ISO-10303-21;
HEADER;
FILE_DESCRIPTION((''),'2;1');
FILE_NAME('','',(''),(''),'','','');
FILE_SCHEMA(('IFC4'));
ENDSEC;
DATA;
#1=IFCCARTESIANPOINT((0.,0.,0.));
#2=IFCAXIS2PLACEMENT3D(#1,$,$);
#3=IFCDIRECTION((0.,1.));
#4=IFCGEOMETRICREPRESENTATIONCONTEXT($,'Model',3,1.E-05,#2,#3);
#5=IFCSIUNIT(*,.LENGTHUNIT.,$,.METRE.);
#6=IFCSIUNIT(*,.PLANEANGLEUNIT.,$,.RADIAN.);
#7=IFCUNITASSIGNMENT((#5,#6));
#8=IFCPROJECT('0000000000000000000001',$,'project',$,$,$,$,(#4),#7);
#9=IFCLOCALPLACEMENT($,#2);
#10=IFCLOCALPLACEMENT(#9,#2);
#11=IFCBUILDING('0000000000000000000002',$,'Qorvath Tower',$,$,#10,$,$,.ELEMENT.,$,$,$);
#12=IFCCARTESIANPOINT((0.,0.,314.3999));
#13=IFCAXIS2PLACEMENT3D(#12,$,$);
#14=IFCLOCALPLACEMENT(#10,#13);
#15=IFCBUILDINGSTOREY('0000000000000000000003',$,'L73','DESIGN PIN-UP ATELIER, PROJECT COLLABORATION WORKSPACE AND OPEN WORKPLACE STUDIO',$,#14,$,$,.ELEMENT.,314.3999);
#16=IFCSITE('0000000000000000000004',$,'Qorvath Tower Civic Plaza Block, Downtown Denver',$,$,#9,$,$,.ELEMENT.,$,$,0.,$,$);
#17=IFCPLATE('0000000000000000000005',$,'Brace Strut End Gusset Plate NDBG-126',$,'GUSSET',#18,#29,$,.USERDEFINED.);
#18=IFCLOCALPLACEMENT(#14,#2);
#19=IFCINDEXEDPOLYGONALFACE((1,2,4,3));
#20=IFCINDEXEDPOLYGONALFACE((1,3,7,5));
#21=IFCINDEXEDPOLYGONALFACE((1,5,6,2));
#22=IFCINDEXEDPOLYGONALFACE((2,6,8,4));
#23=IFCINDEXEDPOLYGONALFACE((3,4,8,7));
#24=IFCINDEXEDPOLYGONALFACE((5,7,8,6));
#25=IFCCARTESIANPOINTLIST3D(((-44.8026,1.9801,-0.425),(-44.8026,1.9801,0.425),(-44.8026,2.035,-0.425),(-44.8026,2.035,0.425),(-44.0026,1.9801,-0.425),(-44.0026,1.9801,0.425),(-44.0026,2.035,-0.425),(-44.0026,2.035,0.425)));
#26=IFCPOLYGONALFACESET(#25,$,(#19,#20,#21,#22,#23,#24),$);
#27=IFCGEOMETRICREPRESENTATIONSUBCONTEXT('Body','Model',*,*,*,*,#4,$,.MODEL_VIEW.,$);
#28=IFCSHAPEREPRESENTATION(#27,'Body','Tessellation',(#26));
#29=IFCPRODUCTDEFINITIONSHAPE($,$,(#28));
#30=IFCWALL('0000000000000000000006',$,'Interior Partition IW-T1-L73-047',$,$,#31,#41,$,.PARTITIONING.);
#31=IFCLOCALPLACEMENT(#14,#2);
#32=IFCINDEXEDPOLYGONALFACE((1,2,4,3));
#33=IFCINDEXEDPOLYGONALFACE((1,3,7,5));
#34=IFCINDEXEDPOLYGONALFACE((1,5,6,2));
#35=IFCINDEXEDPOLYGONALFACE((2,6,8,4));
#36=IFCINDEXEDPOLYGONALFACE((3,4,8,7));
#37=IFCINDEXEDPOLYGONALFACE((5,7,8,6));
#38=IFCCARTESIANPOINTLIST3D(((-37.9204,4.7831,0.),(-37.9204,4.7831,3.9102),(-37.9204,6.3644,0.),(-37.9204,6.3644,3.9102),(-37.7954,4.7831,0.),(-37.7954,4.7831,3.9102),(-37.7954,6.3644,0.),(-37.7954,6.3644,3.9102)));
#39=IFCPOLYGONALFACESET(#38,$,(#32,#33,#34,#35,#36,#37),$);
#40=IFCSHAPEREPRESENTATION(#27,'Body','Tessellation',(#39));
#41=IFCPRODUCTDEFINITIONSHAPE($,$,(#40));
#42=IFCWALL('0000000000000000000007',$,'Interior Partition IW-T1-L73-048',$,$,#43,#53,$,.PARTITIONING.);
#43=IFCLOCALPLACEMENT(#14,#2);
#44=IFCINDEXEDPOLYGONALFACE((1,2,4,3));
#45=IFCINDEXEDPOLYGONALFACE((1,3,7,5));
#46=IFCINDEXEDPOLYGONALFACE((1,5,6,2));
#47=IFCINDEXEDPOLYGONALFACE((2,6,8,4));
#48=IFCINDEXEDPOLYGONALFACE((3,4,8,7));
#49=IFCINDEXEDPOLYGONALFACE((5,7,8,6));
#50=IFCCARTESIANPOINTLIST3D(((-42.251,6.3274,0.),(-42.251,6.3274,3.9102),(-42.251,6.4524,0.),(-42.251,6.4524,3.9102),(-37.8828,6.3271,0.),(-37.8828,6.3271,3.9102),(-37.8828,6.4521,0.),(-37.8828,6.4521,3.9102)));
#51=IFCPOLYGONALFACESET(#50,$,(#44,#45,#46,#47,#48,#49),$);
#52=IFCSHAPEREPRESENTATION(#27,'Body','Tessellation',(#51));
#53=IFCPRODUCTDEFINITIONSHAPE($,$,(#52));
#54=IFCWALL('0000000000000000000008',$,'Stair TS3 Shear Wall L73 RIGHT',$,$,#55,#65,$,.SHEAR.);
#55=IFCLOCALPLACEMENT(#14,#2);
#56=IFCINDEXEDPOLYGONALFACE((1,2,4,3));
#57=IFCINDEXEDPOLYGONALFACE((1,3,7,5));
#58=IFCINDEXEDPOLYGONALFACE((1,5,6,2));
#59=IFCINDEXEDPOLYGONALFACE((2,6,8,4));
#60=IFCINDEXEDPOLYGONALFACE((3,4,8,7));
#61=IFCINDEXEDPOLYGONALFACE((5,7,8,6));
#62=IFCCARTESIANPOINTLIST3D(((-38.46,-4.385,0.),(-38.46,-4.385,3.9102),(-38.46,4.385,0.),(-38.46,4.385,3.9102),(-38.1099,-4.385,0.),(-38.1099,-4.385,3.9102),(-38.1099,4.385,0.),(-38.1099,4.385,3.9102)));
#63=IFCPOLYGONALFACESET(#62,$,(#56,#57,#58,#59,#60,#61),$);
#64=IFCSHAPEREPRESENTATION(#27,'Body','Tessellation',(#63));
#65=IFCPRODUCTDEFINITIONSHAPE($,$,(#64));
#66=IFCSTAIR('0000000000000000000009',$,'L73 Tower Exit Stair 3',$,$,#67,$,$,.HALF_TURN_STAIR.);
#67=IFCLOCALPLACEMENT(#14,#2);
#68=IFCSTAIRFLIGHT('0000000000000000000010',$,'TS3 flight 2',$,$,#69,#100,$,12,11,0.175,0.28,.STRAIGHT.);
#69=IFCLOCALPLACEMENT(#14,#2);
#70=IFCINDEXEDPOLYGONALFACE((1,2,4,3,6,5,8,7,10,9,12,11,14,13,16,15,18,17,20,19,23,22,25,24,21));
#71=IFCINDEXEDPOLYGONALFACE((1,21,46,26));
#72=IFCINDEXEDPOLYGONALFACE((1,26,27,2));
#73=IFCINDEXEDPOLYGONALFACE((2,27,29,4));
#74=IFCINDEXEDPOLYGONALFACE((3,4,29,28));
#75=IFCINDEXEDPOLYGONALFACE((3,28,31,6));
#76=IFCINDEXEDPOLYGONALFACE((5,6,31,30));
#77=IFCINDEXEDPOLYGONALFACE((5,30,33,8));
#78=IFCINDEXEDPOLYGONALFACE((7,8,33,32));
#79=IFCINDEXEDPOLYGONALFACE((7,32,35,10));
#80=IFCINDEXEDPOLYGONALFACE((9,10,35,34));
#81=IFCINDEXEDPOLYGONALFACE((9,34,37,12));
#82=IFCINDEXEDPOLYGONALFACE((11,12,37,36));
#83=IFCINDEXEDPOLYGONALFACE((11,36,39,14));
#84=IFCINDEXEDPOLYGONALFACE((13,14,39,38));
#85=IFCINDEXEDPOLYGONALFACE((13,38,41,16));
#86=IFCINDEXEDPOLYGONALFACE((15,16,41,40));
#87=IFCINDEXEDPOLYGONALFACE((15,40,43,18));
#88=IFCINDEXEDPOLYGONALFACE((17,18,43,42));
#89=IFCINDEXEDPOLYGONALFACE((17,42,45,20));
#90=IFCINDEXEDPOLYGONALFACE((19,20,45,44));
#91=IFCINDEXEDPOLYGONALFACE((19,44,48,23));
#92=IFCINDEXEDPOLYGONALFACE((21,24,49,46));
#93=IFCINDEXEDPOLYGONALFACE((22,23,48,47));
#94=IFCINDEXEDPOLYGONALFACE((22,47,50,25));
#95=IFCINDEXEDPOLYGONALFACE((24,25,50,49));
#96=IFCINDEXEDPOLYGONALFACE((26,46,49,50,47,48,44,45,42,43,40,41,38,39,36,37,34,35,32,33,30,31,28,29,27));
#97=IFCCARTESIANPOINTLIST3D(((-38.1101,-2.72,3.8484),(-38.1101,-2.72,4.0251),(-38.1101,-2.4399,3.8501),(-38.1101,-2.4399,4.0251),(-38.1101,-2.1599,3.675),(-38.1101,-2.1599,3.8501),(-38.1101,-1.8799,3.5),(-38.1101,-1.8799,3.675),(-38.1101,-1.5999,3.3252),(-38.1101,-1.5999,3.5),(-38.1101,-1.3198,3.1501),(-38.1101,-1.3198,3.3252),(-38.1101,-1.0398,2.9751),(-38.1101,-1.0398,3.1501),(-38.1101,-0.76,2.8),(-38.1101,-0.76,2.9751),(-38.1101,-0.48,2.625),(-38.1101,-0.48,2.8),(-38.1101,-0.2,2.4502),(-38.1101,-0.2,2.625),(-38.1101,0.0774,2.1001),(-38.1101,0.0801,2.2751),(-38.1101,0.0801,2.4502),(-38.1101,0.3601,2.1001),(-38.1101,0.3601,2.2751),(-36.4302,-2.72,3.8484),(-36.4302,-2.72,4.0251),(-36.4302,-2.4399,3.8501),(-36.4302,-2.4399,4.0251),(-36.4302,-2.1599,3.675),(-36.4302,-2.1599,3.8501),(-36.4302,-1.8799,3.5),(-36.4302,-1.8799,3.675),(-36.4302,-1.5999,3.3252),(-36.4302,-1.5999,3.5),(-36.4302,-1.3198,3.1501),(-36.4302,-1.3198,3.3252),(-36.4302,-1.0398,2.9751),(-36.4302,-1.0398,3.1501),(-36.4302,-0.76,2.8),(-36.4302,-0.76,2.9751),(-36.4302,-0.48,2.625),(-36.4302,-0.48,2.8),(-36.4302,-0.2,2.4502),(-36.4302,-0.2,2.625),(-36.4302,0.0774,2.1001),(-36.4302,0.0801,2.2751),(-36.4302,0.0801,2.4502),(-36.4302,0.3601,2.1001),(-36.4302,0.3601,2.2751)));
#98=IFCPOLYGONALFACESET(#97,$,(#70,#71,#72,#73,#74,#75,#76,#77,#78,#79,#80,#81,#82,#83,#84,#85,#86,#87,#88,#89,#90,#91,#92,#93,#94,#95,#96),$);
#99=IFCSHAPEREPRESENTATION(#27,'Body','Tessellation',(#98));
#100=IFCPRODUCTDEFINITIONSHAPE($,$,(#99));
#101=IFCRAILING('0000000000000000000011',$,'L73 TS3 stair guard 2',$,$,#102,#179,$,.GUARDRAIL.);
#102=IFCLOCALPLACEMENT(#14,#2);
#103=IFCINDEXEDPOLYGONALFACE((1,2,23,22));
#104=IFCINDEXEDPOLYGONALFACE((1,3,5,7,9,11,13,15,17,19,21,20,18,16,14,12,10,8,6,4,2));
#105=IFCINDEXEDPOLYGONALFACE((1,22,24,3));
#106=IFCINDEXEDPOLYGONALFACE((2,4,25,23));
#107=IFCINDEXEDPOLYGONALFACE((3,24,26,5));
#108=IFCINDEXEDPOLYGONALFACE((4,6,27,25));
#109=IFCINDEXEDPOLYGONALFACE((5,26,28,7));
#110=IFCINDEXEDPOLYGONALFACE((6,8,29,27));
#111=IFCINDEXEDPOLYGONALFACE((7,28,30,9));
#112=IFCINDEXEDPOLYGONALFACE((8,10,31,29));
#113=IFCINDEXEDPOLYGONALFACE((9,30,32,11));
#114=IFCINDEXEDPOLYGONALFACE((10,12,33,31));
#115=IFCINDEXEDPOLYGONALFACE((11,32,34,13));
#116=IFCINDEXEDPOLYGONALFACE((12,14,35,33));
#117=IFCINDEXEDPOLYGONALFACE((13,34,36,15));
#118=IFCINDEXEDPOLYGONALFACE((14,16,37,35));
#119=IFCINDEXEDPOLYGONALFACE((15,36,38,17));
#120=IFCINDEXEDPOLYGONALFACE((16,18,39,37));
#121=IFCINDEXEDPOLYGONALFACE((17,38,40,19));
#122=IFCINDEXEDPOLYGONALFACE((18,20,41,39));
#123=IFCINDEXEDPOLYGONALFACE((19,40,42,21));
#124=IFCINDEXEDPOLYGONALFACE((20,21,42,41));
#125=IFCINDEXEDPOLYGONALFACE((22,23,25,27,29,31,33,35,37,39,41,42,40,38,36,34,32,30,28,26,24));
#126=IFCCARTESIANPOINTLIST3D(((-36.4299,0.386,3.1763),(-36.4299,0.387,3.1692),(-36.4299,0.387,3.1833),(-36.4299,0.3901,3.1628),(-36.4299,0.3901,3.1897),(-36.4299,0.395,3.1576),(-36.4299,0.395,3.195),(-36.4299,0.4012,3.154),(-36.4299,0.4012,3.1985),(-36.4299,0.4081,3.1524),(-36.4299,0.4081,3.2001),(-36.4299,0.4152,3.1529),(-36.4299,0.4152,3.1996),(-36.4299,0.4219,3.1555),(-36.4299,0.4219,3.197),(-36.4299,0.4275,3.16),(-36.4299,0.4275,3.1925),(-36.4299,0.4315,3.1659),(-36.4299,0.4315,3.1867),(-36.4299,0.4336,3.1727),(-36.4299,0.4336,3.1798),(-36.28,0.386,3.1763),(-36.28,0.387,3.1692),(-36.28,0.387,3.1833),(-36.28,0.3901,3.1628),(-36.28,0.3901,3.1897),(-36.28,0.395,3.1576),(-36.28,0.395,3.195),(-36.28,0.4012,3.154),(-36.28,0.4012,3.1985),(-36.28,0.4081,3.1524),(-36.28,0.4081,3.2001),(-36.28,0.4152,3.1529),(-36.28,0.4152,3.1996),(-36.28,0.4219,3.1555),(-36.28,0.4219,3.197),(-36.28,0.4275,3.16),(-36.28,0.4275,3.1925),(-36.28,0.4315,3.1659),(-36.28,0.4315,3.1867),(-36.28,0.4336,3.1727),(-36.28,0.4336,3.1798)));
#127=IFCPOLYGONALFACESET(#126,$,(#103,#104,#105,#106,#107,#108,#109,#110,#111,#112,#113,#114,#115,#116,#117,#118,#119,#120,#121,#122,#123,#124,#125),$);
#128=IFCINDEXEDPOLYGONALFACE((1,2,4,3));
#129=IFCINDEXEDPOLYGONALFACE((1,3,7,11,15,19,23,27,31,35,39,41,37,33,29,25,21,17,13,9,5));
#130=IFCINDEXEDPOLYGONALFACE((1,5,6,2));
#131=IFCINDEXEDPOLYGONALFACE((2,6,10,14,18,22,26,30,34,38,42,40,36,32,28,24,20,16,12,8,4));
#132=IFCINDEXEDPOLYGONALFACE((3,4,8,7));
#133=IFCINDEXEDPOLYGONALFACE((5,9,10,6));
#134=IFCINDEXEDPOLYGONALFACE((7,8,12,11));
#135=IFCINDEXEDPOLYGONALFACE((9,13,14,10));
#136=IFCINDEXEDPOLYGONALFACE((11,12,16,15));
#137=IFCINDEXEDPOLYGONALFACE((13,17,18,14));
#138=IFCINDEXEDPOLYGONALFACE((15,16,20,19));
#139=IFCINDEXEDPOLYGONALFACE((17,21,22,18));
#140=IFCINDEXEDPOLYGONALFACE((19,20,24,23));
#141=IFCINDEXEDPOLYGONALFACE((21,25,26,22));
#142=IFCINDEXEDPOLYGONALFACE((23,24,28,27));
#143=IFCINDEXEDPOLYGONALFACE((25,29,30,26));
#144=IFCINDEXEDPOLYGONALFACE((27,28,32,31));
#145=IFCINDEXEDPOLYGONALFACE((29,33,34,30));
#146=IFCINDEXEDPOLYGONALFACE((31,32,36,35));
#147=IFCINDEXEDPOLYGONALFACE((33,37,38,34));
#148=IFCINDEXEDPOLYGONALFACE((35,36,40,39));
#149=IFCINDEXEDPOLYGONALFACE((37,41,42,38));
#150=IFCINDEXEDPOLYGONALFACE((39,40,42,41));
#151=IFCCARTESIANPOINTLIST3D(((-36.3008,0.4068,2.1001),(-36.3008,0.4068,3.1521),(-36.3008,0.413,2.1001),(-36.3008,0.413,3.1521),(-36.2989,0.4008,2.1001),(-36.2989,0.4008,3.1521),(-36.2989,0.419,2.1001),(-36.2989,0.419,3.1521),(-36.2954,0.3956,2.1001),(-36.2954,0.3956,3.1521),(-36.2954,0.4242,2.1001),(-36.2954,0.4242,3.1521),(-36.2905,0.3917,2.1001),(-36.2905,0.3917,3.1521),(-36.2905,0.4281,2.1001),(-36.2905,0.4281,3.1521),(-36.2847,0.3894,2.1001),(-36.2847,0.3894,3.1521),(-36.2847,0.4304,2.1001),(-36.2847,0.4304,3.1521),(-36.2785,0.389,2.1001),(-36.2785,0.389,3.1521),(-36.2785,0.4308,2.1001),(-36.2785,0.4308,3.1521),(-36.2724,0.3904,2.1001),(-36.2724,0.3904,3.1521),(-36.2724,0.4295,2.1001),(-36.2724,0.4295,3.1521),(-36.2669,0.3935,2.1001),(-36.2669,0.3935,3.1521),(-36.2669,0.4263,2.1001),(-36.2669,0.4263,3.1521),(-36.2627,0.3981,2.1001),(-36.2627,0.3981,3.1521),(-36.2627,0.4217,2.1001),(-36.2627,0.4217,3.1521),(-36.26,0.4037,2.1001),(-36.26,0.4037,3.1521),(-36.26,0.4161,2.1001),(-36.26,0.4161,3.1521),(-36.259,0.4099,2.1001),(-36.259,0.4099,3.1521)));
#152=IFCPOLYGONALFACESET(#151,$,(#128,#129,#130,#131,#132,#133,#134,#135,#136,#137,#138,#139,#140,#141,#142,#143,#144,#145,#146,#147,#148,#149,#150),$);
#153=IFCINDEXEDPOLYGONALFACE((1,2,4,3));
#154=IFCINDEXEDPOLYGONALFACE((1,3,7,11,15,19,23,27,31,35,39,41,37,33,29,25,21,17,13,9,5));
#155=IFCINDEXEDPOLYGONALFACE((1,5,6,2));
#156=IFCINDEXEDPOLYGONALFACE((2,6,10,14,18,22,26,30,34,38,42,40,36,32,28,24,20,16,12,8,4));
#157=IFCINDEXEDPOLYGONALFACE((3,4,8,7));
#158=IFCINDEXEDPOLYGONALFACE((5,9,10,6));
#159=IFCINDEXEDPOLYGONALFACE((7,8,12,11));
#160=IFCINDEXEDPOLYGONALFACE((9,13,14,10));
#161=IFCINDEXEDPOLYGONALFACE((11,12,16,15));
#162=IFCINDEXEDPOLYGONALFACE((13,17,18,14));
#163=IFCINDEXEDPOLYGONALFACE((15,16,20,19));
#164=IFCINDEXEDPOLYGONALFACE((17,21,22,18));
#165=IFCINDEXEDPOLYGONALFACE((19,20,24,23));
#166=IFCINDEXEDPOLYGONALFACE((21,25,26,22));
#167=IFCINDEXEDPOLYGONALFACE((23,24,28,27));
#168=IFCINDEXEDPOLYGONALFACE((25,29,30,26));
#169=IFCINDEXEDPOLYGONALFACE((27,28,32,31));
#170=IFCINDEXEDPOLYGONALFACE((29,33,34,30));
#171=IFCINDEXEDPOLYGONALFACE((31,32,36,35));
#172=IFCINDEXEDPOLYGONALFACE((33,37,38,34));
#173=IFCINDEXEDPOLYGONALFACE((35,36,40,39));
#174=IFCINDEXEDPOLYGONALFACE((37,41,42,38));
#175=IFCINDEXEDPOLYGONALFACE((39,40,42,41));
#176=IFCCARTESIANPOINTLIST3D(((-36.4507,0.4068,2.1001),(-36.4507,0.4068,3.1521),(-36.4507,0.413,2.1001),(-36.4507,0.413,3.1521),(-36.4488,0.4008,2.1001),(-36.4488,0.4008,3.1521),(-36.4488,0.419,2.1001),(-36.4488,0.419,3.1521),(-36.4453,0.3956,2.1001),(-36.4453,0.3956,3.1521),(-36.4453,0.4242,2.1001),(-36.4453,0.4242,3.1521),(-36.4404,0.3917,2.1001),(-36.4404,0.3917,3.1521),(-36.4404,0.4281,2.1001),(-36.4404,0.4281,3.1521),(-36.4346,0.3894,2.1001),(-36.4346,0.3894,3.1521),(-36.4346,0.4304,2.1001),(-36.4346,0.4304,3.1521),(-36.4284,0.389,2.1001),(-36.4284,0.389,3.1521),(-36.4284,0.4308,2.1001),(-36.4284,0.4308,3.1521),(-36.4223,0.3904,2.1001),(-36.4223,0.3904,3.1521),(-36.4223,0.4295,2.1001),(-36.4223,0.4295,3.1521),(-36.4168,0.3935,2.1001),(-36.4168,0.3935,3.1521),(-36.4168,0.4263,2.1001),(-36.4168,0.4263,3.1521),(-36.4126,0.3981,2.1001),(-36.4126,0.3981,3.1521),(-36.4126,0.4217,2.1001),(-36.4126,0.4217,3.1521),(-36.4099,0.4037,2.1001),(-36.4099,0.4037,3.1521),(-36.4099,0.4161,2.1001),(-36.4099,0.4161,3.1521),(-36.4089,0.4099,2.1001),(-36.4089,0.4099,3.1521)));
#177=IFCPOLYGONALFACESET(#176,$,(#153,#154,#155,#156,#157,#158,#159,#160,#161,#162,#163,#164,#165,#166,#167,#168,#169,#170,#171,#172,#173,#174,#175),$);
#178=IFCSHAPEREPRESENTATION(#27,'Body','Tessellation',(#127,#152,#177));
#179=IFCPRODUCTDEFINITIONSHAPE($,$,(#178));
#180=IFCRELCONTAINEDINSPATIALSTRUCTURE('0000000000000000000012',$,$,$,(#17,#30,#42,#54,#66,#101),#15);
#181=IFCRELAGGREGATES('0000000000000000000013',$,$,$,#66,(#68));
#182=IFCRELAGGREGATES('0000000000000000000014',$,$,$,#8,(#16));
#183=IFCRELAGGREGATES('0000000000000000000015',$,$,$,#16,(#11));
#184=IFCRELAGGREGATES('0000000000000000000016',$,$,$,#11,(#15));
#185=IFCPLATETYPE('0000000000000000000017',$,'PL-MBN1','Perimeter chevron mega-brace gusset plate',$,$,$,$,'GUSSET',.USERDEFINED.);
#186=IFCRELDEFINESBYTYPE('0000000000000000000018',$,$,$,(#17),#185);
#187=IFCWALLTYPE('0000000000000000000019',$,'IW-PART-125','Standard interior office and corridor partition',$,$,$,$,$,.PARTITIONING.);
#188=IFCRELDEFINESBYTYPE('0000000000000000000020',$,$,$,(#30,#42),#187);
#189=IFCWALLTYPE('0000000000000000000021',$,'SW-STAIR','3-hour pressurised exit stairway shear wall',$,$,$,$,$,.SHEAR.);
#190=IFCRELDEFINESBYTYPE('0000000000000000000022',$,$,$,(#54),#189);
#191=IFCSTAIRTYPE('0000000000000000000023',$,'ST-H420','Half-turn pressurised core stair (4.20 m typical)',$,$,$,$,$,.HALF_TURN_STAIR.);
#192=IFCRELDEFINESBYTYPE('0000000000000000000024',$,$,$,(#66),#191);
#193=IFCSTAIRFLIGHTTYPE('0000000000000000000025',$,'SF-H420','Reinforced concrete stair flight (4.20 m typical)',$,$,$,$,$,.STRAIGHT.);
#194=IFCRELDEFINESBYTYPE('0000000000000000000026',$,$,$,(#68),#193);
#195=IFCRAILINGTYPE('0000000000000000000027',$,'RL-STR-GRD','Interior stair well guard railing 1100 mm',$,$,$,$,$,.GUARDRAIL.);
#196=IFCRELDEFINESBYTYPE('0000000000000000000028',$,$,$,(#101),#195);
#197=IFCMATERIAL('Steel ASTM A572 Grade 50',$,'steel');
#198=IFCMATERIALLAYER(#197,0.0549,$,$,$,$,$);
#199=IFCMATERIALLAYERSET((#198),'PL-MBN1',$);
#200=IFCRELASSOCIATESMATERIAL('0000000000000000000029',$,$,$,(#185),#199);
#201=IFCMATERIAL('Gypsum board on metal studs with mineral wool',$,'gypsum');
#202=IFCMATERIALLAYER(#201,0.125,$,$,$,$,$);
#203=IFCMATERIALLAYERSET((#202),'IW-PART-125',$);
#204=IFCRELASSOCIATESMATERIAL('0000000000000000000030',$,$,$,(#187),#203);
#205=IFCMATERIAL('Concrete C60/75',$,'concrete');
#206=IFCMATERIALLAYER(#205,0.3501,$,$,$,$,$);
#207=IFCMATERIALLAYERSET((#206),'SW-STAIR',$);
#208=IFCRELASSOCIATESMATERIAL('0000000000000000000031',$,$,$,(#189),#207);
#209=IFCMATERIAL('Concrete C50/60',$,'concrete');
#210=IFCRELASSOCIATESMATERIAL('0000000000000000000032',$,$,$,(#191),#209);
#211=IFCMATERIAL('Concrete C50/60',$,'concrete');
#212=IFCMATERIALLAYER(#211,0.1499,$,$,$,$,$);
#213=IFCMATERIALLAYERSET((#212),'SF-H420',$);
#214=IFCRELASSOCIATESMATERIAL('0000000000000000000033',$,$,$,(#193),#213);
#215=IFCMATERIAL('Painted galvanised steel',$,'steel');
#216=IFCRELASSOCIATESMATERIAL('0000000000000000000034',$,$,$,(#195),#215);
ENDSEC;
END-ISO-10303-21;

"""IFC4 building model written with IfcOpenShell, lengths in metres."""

from ifc_helpers import new_model, si_unit, direction, frame, frame_2d, origin, origin_2d, place, context, subcontext, project, spatial, polyline, rectangle, circle, outline, extrude, material, layer, layer_set, type_object, element, aggregate, save


model = new_model("IFC4")

# Units and contexts
model_context = context("Model", 3, precision=1e-05, world=origin(), true_north=direction((0.0, 1.0)))
body_context = subcontext(model_context, "Body", "Model", "MODEL_VIEW")
ifc_project = project(units=[si_unit("LENGTHUNIT", "METRE"), si_unit("PLANEANGLEUNIT", "RADIAN")], contexts=[model_context])

# Site, building, storey
site_placement = place(None, origin())
site = spatial("IfcSite", under=ifc_project, at=site_placement, Name="Qorvath Tower Civic Plaza Block, Downtown Denver", CompositionType="ELEMENT", RefElevation=0.0)
building_placement = place(site_placement, origin())
building = spatial("IfcBuilding", under=site, at=building_placement, Name="Qorvath Tower", CompositionType="ELEMENT")
storey_placement = place(building_placement, frame((0.0, 0.0, 314.3999)))
storey = spatial("IfcBuildingStorey", under=building, at=storey_placement, Name="L73", Description="DESIGN PIN-UP ATELIER, PROJECT COLLABORATION WORKSPACE AND OPEN WORKPLACE STUDIO", CompositionType="ELEMENT", Elevation=314.3999)

# Plate
ifc_material_1 = material(Name="Steel ASTM A572 Grade 50", Category="steel")
ifc_layer_1 = layer(ifc_material_1, 0.0549)
ifc_layer_set_1 = layer_set([ifc_layer_1], Name="PL-MBN1")
plate_type_1 = type_object("IfcPlateType", Name="PL-MBN1", Description="Perimeter chevron mega-brace gusset plate", ElementType="GUSSET", PredefinedType="USERDEFINED", material=ifc_layer_set_1)
plate_1_placement = place(storey_placement, frame((-44.4026, 2.0076, -0.425), z_axis=(0.0, 0.0, 1.0), x_axis=(1.0, 0.0, 0.0)))
element("IfcPlate", 1, at=plate_1_placement, inside=storey, type_object=plate_type_1, Name="Brace Strut End Gusset Plate NDBG-126", ObjectType="GUSSET", PredefinedType="USERDEFINED", context=body_context, shape_type="SweptSolid", body=[
    extrude(rectangle(XDim=0.8, YDim=0.0549, at=origin_2d()), origin(), (0.0, 0.0, 1.0), 0.8501),
])

# Walls
ifc_material_2 = material(Name="Gypsum board on metal studs with mineral wool", Category="gypsum")
ifc_layer_2 = layer(ifc_material_2, 0.125)
ifc_layer_set_2 = layer_set([ifc_layer_2], Name="IW-PART-125")
wall_type_1 = type_object("IfcWallType", Name="IW-PART-125", Description="Standard interior office and corridor partition", PredefinedType="PARTITIONING", material=ifc_layer_set_2)
wall_1_placement = place(storey_placement, frame((-37.8579, 4.7832, 0.0), z_axis=(0.0, 0.0, 1.0), x_axis=(0.0, 1.0, 0.0)))
element("IfcWall", 2, at=wall_1_placement, inside=storey, type_object=wall_type_1, Name="Interior Partition IW-T1-L73-047", PredefinedType="PARTITIONING", context=body_context, shape_type="SweptSolid", body=[
    extrude(rectangle(XDim=1.5813, YDim=0.125, at=frame_2d((0.7905, 0.0))), origin(), (0.0, 0.0, 1.0), 3.9102),
])
wall_2_placement = place(storey_placement, frame((-37.8828, 6.3896, 0.0), z_axis=(0.0, 0.0, 1.0), x_axis=(-1.0, 0.000056, 0.0)))
element("IfcWall", 3, at=wall_2_placement, inside=storey, type_object=wall_type_1, Name="Interior Partition IW-T1-L73-048", PredefinedType="PARTITIONING", context=body_context, shape_type="SweptSolid", body=[
    extrude(rectangle(XDim=4.3682, YDim=0.125, at=frame_2d((2.1841, 0.0))), origin(), (0.0, 0.0, 1.0), 3.9102),
])

# Wall
ifc_material_3 = material(Name="Concrete C60/75", Category="concrete")
ifc_layer_3 = layer(ifc_material_3, 0.3501)
ifc_layer_set_3 = layer_set([ifc_layer_3], Name="SW-STAIR")
wall_type_2 = type_object("IfcWallType", Name="SW-STAIR", Description="3-hour pressurised exit stairway shear wall", PredefinedType="SHEAR", material=ifc_layer_set_3)
wall_3_placement = place(storey_placement, frame((-38.2849, 4.385, 0.0), z_axis=(0.0, 0.0, 1.0), x_axis=(0.0, -1.0, 0.0)))
element("IfcWall", 4, at=wall_3_placement, inside=storey, type_object=wall_type_2, Name="Stair TS3 Shear Wall L73 RIGHT", PredefinedType="SHEAR", context=body_context, shape_type="SweptSolid", body=[
    extrude(rectangle(XDim=8.77, YDim=0.3501, at=frame_2d((4.385, 0.0))), origin(), (0.0, 0.0, 1.0), 3.9102),
])

# Stair, stair flight
ifc_material_4 = material(Name="Concrete C50/60", Category="concrete")
stair_type = type_object("IfcStairType", Name="ST-H420", Description="Half-turn pressurised core stair (4.20 m typical)", PredefinedType="HALF_TURN_STAIR", material=ifc_material_4)
stair_placement = place(storey_placement, origin())
stair = element("IfcStair", 5, at=stair_placement, inside=storey, type_object=stair_type, Name="L73 Tower Exit Stair 3", PredefinedType="HALF_TURN_STAIR")
ifc_material_5 = material(Name="Concrete C50/60", Category="concrete")
ifc_layer_4 = layer(ifc_material_5, 0.1499)
ifc_layer_set_4 = layer_set([ifc_layer_4], Name="SF-H420")
stair_flight_type = type_object("IfcStairFlightType", Name="SF-H420", Description="Reinforced concrete stair flight (4.20 m typical)", PredefinedType="STRAIGHT", material=ifc_layer_set_4)
stair_flight_placement = place(storey_placement, frame((-37.27, 0.3601, 2.1001), z_axis=(0.0, 0.0, 1.0), x_axis=(0.0, -1.0, 0.0)))
stair_flight = element("IfcStairFlight", 6, at=stair_flight_placement, type_object=stair_flight_type, Name="TS3 flight 2", NumberOfRisers=12, NumberOfTreads=11, PredefinedType="STRAIGHT", RiserHeight=0.175, TreadLength=0.28, context=body_context, shape_type="SweptSolid", body=[
    extrude(outline(polyline([(0.0, 0.0), (0.0, 0.175), (0.28, 0.175), (0.28, 0.3501), (0.5601, 0.3501), (0.5601, 0.5249), (0.8401, 0.5249), (0.8401, 0.7), (1.1201, 0.7), (1.1201, 0.875), (1.3999, 0.875), (1.3999, 1.05), (1.6799, 1.05), (1.6799, 1.2251), (1.96, 1.2251), (1.96, 1.3999), (2.24, 1.3999), (2.24, 1.575), (2.52, 1.575), (2.52, 1.75), (2.8, 1.75), (2.8, 1.925), (3.0801, 1.925), (3.0801, 2.1001), (3.0801, 1.7483), (0.2827, 0.0), (0.0, 0.0)])), frame((0.0, 0.8398, 0.0), z_axis=(0.0, -1.0, 0.0), x_axis=(1.0, 0.0, 0.0)), (0.0, 0.0, 1.0), 1.6799),
])
aggregate(stair, [stair_flight])

# Railing
ifc_material_6 = material(Name="Painted galvanised steel", Category="steel")
railing_type_1 = type_object("IfcRailingType", Name="RL-STR-GRD", Description="Interior stair well guard railing 1100 mm", PredefinedType="GUARDRAIL", material=ifc_material_6)
railing_1_placement = place(storey_placement, frame((-36.28, 0.4099, 2.1001)))
element("IfcRailing", 7, at=railing_1_placement, inside=storey, type_object=railing_type_1, Name="L73 TS3 stair guard 2", PredefinedType="GUARDRAIL", context=body_context, shape_type="SweptSolid", body=[
    extrude(circle(Radius=0.0239, at=origin_2d()), frame((0.0, 0.0, 1.0762), z_axis=(-1.0, 0.0, 0.0), x_axis=(0.0, -1.0, 0.0)), (0.0, 0.0, 1.0), 0.1499),
    extrude(circle(Radius=0.021, at=origin_2d()), origin(), (0.0, 0.0, 1.0), 1.052),
    extrude(circle(Radius=0.021, at=origin_2d()), frame((-0.1499, 0.0, 0.0)), (0.0, 0.0, 1.0), 1.052),
])

save(model, "model.ifc")
